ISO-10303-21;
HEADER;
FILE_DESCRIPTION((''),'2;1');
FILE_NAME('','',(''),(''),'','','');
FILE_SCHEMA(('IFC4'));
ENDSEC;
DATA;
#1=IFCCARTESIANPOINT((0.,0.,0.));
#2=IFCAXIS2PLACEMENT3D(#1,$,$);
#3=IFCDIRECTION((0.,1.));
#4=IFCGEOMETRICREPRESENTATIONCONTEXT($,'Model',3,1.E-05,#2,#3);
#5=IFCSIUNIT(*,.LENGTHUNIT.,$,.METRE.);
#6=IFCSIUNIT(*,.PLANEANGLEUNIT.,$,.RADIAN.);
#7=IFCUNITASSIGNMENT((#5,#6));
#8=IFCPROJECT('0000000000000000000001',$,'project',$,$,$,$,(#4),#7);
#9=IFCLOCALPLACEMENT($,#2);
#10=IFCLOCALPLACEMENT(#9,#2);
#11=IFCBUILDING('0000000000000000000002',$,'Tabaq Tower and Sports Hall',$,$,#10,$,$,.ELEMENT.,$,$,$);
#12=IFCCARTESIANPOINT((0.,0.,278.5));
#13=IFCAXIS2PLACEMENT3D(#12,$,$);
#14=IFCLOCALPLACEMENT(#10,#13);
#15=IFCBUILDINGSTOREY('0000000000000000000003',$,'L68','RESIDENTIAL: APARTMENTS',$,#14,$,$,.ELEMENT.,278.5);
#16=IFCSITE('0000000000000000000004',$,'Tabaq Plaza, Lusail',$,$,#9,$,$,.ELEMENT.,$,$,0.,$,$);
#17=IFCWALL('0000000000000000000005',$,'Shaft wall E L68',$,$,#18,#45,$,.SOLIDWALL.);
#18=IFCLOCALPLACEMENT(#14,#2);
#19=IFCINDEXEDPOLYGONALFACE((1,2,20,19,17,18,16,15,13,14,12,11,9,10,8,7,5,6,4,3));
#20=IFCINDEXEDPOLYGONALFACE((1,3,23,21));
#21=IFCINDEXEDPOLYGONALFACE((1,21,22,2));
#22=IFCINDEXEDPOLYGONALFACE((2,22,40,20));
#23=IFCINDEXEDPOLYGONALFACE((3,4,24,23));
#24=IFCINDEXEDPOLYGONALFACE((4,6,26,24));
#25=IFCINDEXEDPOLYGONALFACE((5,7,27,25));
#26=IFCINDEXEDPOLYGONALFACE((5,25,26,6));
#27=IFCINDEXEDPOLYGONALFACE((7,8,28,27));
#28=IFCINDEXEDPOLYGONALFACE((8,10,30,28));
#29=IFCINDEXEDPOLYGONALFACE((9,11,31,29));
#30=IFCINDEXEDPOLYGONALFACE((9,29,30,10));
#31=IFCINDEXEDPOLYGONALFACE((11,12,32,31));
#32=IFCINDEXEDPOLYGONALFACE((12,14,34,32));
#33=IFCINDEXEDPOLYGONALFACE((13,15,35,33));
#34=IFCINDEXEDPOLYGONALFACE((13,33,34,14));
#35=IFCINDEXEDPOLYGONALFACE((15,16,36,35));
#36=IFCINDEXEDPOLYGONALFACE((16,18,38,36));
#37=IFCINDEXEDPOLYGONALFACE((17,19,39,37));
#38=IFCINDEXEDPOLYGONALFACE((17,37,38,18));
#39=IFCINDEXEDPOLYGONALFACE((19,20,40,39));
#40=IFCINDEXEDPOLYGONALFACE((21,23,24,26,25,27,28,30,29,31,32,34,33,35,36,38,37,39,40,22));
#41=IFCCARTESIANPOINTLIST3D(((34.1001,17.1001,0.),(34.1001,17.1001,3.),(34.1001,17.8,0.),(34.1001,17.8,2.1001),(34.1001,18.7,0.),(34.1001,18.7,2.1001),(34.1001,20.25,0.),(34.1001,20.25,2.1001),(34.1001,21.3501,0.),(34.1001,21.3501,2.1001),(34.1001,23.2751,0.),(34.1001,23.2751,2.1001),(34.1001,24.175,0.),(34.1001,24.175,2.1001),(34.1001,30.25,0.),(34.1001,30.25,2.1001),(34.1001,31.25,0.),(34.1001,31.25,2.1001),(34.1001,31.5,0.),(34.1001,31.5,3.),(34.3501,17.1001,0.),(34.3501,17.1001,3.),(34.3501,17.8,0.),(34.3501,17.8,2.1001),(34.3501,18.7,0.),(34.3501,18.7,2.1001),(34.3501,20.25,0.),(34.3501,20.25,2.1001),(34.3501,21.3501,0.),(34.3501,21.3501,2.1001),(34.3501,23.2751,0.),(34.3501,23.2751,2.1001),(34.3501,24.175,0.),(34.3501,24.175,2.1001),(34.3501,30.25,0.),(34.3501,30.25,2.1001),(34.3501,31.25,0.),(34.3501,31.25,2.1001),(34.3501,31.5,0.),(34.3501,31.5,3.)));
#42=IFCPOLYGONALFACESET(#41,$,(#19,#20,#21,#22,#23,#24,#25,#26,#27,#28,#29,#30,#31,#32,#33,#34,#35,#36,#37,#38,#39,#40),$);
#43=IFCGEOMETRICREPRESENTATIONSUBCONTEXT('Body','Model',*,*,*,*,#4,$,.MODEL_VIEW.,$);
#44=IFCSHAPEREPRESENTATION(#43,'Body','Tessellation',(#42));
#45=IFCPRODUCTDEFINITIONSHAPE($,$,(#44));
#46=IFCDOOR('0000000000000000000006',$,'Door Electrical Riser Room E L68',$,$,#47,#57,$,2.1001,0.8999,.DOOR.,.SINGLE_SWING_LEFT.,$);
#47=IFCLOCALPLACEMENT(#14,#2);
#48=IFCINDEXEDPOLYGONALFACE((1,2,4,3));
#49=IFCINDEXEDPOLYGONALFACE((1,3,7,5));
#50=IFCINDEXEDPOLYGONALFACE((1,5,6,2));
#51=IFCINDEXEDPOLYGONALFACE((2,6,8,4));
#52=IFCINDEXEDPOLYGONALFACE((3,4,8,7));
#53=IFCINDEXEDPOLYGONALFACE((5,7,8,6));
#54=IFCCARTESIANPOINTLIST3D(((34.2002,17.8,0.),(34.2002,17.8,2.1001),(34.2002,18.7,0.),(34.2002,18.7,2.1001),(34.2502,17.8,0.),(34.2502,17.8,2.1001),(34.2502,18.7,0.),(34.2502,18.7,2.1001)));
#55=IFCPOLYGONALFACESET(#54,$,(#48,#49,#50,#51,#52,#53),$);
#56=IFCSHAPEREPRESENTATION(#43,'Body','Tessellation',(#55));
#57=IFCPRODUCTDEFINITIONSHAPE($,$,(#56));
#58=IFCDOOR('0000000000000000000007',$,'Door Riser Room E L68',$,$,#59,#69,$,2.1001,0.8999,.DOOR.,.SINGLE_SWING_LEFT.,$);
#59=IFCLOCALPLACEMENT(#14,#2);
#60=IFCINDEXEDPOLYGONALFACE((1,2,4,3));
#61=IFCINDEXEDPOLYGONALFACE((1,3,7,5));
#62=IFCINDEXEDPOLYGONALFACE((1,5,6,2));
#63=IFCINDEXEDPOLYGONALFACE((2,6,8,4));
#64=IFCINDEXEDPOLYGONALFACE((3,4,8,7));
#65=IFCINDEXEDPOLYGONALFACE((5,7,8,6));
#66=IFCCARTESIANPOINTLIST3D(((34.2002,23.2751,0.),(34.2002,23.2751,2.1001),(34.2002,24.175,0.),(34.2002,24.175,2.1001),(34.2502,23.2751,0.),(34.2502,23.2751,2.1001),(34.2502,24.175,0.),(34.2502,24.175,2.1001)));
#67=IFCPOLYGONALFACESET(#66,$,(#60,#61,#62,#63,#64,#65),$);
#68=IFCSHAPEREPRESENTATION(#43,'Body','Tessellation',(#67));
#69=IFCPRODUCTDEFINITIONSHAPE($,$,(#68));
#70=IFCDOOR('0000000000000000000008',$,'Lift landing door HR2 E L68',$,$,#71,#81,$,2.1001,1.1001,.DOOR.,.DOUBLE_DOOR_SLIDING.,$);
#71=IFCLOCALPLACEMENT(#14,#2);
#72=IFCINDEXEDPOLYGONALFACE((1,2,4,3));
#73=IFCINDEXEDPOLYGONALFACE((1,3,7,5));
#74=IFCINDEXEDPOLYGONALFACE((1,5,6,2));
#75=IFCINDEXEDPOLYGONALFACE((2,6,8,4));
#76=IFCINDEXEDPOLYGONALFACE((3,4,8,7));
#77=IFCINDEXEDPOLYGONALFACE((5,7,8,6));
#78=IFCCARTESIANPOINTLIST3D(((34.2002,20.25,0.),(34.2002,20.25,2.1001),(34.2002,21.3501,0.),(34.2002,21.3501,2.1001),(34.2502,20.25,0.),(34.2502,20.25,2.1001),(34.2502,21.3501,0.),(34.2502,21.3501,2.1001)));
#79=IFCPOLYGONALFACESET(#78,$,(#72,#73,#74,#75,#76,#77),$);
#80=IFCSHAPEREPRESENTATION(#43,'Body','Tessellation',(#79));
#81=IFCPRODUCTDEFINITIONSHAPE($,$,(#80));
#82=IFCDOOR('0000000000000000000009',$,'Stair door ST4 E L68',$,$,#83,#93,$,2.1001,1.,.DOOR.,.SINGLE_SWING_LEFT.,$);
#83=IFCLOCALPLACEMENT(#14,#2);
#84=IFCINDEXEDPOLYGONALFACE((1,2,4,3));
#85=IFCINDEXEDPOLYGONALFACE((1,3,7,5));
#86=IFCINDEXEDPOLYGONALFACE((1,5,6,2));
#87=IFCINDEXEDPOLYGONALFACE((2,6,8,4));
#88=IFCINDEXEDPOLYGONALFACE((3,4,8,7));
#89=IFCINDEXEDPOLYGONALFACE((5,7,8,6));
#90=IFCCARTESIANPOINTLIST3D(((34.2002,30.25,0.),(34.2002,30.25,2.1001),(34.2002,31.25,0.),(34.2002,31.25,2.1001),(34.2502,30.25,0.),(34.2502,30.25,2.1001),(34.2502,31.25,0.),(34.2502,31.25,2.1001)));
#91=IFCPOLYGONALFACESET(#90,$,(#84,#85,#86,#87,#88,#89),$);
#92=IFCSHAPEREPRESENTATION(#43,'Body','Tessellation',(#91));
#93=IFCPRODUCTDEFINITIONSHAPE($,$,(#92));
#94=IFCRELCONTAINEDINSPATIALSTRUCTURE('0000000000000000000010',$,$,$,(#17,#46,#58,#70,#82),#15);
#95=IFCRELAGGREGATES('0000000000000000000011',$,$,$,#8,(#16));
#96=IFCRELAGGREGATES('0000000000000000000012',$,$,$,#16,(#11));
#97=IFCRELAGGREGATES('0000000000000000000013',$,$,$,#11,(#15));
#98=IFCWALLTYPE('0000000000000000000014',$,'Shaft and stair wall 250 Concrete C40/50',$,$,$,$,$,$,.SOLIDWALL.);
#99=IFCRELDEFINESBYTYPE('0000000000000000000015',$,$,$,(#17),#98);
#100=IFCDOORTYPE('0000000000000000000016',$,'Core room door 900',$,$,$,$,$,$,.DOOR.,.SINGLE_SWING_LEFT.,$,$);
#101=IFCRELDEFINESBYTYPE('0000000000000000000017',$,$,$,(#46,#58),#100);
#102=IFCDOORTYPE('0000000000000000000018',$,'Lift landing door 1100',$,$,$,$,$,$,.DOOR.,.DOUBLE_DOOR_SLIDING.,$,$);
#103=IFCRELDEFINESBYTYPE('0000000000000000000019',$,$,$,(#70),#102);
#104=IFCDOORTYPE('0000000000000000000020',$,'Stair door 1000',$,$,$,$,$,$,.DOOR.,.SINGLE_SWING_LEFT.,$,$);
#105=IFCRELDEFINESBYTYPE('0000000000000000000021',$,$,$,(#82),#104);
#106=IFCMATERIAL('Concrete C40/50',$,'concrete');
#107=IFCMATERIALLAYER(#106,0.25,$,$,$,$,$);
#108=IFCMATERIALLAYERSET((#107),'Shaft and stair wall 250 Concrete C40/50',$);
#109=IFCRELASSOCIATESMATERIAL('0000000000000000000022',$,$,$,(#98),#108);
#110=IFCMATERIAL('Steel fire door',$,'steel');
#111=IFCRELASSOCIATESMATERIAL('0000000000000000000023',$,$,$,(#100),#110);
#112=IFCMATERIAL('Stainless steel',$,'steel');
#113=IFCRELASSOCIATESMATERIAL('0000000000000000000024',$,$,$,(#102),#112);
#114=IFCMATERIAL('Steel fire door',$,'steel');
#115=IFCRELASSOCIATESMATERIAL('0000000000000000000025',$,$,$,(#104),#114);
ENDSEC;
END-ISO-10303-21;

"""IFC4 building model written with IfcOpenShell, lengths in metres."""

from ifc_helpers import new_model, si_unit, direction, frame, frame_2d, origin, place, context, subcontext, project, spatial, rectangle, extrude, material, layer, layer_set, type_object, element, fill, save


model = new_model("IFC4")

# Units and contexts
model_context = context("Model", 3, precision=1e-05, world=origin(), true_north=direction((0.0, 1.0)))
body_context = subcontext(model_context, "Body", "Model", "MODEL_VIEW")
ifc_project = project(units=[si_unit("LENGTHUNIT", "METRE"), si_unit("PLANEANGLEUNIT", "RADIAN")], contexts=[model_context])

# Site, building, storey
site_placement = place(None, origin())
site = spatial("IfcSite", under=ifc_project, at=site_placement, Name="Tabaq Plaza, Lusail", CompositionType="ELEMENT", RefElevation=0.0)
building_placement = place(site_placement, origin())
building = spatial("IfcBuilding", under=site, at=building_placement, Name="Tabaq Tower and Sports Hall", CompositionType="ELEMENT")
storey_placement = place(building_placement, frame((0.0, 0.0, 278.5)))
storey = spatial("IfcBuildingStorey", under=building, at=storey_placement, Name="L68", Description="RESIDENTIAL: APARTMENTS", CompositionType="ELEMENT", Elevation=278.5)

# Wall, openings, doors
ifc_material_1 = material(Name="Concrete C40/50", Category="concrete")
ifc_layer_1 = layer(ifc_material_1, 0.25)
ifc_layer_set_1 = layer_set([ifc_layer_1], Name="Shaft and stair wall 250 Concrete C40/50")
wall_type_1 = type_object("IfcWallType", Name="Shaft and stair wall 250 Concrete C40/50", PredefinedType="SOLIDWALL", material=ifc_layer_set_1)
wall_1_placement = place(storey_placement, frame((34.2251, 17.1001, 0.0), z_axis=(0.0, 0.0, 1.0), x_axis=(0.0, 1.0, 0.0)))
wall_1 = element("IfcWall", 1, at=wall_1_placement, inside=storey, type_object=wall_type_1, Name="Shaft wall E L68", PredefinedType="SOLIDWALL", context=body_context, shape_type="SweptSolid", body=[
    extrude(rectangle(XDim=14.3999, YDim=0.25, at=frame_2d((7.2, 0.0))), origin(), (0.0, 0.0, 1.0), 3.0),
])
opening_1_placement = place(wall_1_placement, frame((13.1499, 0.0, 0.0)))
opening_1 = element("IfcOpeningElement", 2, at=opening_1_placement, cuts=wall_1, PredefinedType="OPENING", context=body_context, shape_type="SweptSolid", body=[
    extrude(rectangle(XDim=1.0, YDim=2.1001, at=frame_2d((0.5, 1.05))), frame((0.0, 0.125, 0.0), z_axis=(0.0, -1.0, 0.0), x_axis=(1.0, 0.0, 0.0)), (0.0, 0.0, 1.0), 0.25),
])
opening_2_placement = place(wall_1_placement, frame((3.1499, 0.0, 0.0)))
opening_2 = element("IfcOpeningElement", 3, at=opening_2_placement, cuts=wall_1, PredefinedType="OPENING", context=body_context, shape_type="SweptSolid", body=[
    extrude(rectangle(XDim=1.1001, YDim=2.1001, at=frame_2d((0.55, 1.05))), frame((0.0, 0.125, 0.0), z_axis=(0.0, -1.0, 0.0), x_axis=(1.0, 0.0, 0.0)), (0.0, 0.0, 1.0), 0.25),
])
opening_3_placement = place(wall_1_placement, frame((0.7, 0.0, 0.0)))
opening_3 = element("IfcOpeningElement", 4, at=opening_3_placement, cuts=wall_1, PredefinedType="OPENING", context=body_context, shape_type="SweptSolid", body=[
    extrude(rectangle(XDim=0.8999, YDim=2.1001, at=frame_2d((0.45, 1.05))), frame((0.0, 0.125, 0.0), z_axis=(0.0, -1.0, 0.0), x_axis=(1.0, 0.0, 0.0)), (0.0, 0.0, 1.0), 0.25),
])
opening_4_placement = place(wall_1_placement, frame((6.175, 0.0, 0.0)))
opening_4 = element("IfcOpeningElement", 5, at=opening_4_placement, cuts=wall_1, PredefinedType="OPENING", context=body_context, shape_type="SweptSolid", body=[
    extrude(rectangle(XDim=0.8999, YDim=2.1001, at=frame_2d((0.45, 1.05))), frame((0.0, 0.125, 0.0), z_axis=(0.0, -1.0, 0.0), x_axis=(1.0, 0.0, 0.0)), (0.0, 0.0, 1.0), 0.25),
])
ifc_material_2 = material(Name="Steel fire door", Category="steel")
door_type_1 = type_object("IfcDoorType", Name="Core room door 900", OperationType="SINGLE_SWING_LEFT", PredefinedType="DOOR", material=ifc_material_2)
door_1_placement = place(opening_3_placement, origin())
door_1 = element("IfcDoor", 6, at=door_1_placement, inside=storey, type_object=door_type_1, Name="Door Electrical Riser Room E L68", OperationType="SINGLE_SWING_LEFT", OverallHeight=2.1001, OverallWidth=0.8999, PredefinedType="DOOR", context=body_context, shape_type="SweptSolid", body=[
    extrude(rectangle(XDim=0.8999, YDim=2.1001, at=frame_2d((0.45, 1.05))), frame((0.0, 0.0249, 0.0), z_axis=(0.0, -1.0, 0.0), x_axis=(1.0, 0.0, 0.0)), (0.0, 0.0, 1.0), 0.05),
])
fill(opening_3, door_1)
door_2_placement = place(opening_4_placement, origin())
door_2 = element("IfcDoor", 7, at=door_2_placement, inside=storey, type_object=door_type_1, Name="Door Riser Room E L68", OperationType="SINGLE_SWING_LEFT", OverallHeight=2.1001, OverallWidth=0.8999, PredefinedType="DOOR", context=body_context, shape_type="SweptSolid", body=[
    extrude(rectangle(XDim=0.8999, YDim=2.1001, at=frame_2d((0.45, 1.05))), frame((0.0, 0.0249, 0.0), z_axis=(0.0, -1.0, 0.0), x_axis=(1.0, 0.0, 0.0)), (0.0, 0.0, 1.0), 0.05),
])
fill(opening_4, door_2)
ifc_material_3 = material(Name="Stainless steel", Category="steel")
door_type_2 = type_object("IfcDoorType", Name="Lift landing door 1100", OperationType="DOUBLE_DOOR_SLIDING", PredefinedType="DOOR", material=ifc_material_3)
door_3_placement = place(opening_2_placement, origin())
door_3 = element("IfcDoor", 8, at=door_3_placement, inside=storey, type_object=door_type_2, Name="Lift landing door HR2 E L68", OperationType="DOUBLE_DOOR_SLIDING", OverallHeight=2.1001, OverallWidth=1.1001, PredefinedType="DOOR", context=body_context, shape_type="SweptSolid", body=[
    extrude(rectangle(XDim=1.1001, YDim=2.1001, at=frame_2d((0.55, 1.05))), frame((0.0, 0.0249, 0.0), z_axis=(0.0, -1.0, 0.0), x_axis=(1.0, 0.0, 0.0)), (0.0, 0.0, 1.0), 0.05),
])
fill(opening_2, door_3)
ifc_material_4 = material(Name="Steel fire door", Category="steel")
door_type_3 = type_object("IfcDoorType", Name="Stair door 1000", OperationType="SINGLE_SWING_LEFT", PredefinedType="DOOR", material=ifc_material_4)
door_4_placement = place(opening_1_placement, origin())
door_4 = element("IfcDoor", 9, at=door_4_placement, inside=storey, type_object=door_type_3, Name="Stair door ST4 E L68", OperationType="SINGLE_SWING_LEFT", OverallHeight=2.1001, OverallWidth=1.0, PredefinedType="DOOR", context=body_context, shape_type="SweptSolid", body=[
    extrude(rectangle(XDim=1.0, YDim=2.1001, at=frame_2d((0.5, 1.05))), frame((0.0, 0.0249, 0.0), z_axis=(0.0, -1.0, 0.0), x_axis=(1.0, 0.0, 0.0)), (0.0, 0.0, 1.0), 0.05),
])
fill(opening_1, door_4)

save(model, "model.ifc")
